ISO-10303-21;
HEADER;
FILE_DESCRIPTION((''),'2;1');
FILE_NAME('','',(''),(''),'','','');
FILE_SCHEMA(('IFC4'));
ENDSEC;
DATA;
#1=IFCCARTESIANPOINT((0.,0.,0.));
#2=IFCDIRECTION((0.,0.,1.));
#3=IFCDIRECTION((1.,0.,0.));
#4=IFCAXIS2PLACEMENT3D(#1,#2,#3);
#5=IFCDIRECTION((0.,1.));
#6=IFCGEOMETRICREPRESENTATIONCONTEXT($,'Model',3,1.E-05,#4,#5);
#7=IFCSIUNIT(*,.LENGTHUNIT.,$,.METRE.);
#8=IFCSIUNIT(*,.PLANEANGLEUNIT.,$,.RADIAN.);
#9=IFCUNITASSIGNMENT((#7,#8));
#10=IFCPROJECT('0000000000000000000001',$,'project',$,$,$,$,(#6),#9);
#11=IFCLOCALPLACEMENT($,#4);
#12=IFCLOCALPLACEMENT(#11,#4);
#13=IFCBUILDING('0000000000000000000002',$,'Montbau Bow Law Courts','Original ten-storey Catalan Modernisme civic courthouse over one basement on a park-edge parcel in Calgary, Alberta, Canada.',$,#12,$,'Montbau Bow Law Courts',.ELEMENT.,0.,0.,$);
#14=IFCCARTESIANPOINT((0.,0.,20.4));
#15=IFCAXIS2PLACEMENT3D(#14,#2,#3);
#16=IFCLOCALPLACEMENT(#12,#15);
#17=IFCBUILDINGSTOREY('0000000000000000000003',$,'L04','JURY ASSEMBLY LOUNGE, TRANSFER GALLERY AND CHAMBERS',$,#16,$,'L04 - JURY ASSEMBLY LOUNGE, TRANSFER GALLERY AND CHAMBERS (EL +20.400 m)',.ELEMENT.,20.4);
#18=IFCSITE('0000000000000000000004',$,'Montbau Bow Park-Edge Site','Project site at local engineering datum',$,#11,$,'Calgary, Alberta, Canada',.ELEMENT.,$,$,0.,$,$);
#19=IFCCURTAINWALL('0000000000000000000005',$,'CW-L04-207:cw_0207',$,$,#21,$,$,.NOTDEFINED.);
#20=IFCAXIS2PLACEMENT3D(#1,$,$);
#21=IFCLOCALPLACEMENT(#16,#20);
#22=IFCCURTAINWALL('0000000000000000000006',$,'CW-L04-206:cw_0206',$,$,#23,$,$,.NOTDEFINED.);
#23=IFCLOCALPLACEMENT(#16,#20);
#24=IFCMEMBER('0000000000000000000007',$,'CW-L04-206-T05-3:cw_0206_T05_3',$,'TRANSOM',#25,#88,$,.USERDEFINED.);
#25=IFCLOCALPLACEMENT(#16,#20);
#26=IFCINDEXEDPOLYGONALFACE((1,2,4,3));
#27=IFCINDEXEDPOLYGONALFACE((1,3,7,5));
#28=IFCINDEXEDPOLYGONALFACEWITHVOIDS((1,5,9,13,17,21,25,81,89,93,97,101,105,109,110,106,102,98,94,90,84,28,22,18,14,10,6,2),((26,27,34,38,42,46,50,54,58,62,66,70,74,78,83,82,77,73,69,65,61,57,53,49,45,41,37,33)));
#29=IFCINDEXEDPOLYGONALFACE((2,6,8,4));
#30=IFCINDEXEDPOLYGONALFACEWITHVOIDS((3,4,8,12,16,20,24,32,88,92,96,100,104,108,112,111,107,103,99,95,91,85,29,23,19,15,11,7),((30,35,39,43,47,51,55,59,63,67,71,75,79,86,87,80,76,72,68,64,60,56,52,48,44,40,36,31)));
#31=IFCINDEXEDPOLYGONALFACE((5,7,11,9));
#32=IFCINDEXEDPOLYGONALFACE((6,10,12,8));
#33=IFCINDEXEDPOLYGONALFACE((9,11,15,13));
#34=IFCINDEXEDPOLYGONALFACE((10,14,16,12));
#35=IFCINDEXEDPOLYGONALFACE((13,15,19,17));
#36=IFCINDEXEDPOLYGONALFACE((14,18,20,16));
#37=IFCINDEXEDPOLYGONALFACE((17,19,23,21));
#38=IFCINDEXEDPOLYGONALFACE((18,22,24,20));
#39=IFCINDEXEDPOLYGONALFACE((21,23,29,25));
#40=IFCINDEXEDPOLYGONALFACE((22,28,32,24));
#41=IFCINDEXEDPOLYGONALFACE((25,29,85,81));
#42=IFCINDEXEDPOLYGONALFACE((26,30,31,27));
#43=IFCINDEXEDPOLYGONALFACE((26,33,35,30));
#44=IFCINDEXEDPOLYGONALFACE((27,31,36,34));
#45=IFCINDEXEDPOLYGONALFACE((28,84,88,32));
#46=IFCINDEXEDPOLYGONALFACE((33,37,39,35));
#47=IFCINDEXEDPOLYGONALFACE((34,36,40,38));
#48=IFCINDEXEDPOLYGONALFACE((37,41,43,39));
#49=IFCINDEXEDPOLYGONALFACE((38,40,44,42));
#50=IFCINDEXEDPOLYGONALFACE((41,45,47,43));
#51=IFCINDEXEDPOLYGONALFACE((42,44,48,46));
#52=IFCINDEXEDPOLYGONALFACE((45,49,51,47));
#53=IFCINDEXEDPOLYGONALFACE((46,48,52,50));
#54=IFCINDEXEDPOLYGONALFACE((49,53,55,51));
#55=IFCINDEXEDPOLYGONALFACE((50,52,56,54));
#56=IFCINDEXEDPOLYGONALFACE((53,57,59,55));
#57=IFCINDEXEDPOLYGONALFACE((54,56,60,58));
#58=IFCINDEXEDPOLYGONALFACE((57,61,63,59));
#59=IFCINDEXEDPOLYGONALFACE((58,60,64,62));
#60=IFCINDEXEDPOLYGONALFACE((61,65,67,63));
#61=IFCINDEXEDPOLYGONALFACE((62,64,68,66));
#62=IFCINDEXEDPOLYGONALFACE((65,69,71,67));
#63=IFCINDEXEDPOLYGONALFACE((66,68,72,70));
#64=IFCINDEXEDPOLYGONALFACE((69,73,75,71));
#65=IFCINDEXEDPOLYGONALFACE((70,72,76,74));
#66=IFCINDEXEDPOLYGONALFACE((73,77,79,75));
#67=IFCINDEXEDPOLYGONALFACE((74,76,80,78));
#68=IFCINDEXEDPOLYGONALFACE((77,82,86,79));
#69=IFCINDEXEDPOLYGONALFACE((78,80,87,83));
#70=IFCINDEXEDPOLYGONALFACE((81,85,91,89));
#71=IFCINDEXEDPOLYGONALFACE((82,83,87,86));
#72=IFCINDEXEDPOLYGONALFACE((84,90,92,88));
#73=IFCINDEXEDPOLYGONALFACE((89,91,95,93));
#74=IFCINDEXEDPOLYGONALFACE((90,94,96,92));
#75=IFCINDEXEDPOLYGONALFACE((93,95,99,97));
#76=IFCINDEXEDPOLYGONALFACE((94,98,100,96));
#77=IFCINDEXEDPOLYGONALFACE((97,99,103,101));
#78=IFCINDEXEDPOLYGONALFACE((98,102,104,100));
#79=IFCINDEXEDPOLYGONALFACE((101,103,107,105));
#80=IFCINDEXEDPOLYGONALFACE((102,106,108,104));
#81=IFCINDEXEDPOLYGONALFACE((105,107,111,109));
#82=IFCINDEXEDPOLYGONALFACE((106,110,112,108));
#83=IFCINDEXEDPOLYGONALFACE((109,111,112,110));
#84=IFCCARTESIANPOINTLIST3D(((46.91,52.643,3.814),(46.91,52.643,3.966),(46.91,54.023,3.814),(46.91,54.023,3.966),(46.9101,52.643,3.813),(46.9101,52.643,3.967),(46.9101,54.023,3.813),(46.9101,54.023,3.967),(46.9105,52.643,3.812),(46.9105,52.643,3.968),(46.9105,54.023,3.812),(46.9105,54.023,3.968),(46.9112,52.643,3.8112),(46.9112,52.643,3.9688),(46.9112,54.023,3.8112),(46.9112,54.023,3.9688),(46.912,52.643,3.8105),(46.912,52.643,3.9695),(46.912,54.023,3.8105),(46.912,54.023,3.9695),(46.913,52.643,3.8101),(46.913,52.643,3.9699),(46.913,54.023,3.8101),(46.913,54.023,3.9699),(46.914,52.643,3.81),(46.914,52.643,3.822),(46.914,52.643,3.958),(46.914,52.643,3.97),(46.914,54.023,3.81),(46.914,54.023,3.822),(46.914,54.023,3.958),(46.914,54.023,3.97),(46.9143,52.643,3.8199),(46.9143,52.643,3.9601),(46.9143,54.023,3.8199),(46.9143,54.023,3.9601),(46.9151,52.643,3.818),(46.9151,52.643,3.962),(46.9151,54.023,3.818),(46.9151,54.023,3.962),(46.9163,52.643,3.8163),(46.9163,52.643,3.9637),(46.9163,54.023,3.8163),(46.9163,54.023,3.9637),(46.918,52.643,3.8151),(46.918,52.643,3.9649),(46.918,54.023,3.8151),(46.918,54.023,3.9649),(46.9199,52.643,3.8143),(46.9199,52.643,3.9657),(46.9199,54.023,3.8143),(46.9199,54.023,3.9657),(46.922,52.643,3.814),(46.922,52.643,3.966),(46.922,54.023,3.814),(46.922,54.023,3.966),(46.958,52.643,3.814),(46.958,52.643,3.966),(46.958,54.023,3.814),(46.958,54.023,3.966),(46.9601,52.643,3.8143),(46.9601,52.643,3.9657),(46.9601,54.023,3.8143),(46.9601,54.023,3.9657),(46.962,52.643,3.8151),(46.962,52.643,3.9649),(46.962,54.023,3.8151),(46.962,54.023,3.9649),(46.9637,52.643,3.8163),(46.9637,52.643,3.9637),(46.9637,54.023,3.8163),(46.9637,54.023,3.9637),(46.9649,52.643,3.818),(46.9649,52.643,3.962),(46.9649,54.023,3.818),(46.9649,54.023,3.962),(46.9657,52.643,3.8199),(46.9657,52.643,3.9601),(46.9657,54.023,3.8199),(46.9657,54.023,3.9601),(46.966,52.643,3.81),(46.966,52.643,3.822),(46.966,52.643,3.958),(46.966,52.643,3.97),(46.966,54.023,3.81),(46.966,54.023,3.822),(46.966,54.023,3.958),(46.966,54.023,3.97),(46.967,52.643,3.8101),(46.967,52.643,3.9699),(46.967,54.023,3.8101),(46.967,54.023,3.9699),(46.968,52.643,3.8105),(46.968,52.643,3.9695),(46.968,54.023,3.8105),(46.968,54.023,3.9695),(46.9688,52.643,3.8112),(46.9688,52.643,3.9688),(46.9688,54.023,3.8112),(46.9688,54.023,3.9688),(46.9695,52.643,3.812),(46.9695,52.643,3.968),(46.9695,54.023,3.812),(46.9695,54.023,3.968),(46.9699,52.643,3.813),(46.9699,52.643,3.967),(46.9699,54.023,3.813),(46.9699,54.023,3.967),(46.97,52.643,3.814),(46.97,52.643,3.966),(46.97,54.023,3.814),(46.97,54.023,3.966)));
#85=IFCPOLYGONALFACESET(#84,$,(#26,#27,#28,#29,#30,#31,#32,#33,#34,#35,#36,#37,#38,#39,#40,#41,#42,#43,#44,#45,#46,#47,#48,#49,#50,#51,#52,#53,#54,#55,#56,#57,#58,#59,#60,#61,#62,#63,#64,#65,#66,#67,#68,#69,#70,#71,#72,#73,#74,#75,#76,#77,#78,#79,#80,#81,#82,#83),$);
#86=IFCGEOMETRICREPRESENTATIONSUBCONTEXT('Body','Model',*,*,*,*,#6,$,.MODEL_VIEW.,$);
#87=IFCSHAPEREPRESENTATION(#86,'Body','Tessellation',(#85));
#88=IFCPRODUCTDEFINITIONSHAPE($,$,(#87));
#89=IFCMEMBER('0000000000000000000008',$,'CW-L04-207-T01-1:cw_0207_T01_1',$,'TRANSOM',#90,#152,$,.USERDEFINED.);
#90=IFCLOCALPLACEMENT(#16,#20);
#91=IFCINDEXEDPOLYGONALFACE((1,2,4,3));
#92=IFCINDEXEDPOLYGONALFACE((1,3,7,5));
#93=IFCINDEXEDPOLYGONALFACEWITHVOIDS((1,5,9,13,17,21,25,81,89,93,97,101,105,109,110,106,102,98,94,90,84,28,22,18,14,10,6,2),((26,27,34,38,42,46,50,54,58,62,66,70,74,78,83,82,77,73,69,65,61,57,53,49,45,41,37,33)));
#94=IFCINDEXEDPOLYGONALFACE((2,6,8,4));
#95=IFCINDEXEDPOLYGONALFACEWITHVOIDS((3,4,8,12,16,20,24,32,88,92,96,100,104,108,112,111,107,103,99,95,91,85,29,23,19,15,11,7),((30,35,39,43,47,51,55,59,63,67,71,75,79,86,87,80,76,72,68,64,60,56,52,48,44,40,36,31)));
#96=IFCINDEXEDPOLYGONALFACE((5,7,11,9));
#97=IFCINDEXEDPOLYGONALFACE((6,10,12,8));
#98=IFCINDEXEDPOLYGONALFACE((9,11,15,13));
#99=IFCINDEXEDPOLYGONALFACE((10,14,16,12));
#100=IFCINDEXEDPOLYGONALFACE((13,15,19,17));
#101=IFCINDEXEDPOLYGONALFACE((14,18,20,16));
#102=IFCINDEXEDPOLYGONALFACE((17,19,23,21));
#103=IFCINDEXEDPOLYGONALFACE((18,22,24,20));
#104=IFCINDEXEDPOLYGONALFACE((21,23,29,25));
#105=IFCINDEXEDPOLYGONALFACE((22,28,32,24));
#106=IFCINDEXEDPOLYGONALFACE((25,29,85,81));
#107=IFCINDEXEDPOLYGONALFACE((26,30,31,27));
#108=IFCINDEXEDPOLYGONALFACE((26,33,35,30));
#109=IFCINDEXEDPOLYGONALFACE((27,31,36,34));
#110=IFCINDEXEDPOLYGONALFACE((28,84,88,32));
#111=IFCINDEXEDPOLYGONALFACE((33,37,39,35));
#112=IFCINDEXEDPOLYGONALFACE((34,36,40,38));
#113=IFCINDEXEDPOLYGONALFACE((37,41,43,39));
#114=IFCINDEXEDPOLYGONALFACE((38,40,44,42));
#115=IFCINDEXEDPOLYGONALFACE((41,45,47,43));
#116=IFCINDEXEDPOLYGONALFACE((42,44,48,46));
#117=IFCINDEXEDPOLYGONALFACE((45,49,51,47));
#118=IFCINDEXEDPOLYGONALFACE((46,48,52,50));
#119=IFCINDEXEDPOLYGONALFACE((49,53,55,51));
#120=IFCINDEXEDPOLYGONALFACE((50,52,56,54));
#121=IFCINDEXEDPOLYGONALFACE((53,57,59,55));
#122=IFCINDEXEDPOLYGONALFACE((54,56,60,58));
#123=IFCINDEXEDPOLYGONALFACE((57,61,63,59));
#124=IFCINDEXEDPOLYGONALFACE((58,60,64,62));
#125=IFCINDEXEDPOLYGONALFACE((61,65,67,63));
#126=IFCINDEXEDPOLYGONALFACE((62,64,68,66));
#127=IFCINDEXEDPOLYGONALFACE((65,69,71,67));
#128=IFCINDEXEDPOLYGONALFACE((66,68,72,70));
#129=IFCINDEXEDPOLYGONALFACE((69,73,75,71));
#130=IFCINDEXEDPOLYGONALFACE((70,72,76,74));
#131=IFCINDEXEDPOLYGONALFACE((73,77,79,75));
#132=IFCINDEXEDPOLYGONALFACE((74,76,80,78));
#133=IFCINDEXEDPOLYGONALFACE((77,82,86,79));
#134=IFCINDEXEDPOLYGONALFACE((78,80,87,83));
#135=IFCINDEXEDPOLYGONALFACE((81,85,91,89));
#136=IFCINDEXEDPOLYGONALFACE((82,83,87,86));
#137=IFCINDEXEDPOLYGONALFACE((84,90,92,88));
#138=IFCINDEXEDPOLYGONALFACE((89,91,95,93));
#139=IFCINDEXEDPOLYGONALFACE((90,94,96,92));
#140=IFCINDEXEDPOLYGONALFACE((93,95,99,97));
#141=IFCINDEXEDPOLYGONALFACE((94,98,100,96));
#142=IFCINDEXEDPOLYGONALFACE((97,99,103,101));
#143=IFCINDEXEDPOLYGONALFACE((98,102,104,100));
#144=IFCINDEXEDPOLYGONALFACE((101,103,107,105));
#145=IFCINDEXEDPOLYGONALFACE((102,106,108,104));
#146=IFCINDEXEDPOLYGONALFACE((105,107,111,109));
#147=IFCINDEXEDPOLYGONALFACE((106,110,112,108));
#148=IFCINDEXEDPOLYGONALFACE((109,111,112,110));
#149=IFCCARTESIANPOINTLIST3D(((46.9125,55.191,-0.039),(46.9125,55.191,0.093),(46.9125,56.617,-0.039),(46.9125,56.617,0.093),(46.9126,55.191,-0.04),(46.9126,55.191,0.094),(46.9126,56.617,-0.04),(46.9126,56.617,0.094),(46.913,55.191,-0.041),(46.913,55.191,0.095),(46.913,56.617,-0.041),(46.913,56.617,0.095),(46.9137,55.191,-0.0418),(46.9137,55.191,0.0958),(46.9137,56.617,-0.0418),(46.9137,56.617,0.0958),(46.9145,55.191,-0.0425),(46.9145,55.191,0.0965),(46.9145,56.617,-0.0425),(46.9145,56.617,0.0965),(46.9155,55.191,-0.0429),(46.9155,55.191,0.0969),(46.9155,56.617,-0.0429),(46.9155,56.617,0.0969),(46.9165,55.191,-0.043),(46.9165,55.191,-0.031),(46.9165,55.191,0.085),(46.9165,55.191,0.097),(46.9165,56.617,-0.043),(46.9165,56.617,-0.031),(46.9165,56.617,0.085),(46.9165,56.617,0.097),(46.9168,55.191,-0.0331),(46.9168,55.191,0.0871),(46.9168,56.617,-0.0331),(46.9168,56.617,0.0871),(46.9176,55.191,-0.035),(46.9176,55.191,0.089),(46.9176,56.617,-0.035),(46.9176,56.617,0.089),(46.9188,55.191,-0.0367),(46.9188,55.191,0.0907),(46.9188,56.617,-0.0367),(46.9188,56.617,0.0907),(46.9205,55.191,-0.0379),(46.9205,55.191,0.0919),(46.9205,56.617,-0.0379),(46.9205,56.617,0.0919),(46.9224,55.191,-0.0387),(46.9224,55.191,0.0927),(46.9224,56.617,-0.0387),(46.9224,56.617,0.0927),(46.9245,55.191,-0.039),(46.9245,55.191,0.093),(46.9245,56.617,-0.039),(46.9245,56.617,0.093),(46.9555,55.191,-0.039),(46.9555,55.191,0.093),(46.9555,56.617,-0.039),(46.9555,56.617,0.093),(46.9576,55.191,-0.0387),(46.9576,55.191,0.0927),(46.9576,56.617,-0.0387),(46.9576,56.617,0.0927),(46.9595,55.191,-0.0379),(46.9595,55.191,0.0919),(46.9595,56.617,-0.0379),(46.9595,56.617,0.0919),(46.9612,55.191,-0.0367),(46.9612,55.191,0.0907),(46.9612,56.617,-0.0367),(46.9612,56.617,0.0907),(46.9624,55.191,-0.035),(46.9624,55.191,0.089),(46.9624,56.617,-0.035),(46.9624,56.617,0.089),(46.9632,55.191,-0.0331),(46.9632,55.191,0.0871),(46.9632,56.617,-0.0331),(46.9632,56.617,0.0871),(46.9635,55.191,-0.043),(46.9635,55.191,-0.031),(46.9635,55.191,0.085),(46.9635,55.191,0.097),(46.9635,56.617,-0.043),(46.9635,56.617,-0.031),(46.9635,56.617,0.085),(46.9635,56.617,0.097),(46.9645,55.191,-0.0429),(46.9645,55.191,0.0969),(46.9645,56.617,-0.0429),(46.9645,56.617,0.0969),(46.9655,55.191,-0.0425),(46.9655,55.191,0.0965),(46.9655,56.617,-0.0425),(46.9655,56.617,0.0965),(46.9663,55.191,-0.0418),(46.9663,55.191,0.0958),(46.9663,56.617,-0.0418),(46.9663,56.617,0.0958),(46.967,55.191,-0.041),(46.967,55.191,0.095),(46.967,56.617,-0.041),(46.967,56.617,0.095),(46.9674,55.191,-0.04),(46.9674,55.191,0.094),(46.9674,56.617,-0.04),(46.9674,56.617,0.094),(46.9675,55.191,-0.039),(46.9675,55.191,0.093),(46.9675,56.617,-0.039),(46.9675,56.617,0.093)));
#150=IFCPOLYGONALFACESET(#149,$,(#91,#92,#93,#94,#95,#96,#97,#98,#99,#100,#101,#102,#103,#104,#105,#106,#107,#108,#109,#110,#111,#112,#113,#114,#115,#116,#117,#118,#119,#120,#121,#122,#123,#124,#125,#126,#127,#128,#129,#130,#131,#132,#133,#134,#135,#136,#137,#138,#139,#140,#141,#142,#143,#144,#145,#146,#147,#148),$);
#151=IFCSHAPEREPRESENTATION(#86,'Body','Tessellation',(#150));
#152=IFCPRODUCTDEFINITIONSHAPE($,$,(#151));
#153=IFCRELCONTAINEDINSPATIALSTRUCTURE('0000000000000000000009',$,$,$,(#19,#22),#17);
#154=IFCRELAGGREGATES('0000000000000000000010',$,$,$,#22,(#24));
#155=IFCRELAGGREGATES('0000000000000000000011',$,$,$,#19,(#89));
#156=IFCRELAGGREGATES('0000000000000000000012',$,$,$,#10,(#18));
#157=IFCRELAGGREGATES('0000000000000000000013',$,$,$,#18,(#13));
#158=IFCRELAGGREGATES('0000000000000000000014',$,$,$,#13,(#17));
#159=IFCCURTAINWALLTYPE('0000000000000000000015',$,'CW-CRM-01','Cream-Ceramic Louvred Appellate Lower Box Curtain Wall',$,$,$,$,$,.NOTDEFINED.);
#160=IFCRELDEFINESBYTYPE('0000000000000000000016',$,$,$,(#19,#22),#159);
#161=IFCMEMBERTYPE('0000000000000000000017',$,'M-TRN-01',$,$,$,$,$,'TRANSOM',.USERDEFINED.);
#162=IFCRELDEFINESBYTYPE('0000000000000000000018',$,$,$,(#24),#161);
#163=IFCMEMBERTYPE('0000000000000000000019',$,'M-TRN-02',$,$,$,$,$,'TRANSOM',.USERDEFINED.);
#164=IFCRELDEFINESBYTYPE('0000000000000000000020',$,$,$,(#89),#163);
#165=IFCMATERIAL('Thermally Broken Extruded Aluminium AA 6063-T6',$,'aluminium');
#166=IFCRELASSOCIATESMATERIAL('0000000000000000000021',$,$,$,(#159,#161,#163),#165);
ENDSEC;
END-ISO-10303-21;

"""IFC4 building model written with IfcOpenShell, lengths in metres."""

from ifc_helpers import new_model, si_unit, direction, frame, origin_with_axes, origin_2d_with_axis, place, context, subcontext, project, spatial, hollow_rectangle, extrude, material, material_profile, profile_set, type_object, element, aggregate, save


model = new_model("IFC4")

# Units and contexts
model_context = context("Model", 3, precision=1e-05, world=origin_with_axes(), true_north=direction((0.0, 1.0)))
body_context = subcontext(model_context, "Body", "Model", "MODEL_VIEW")
ifc_project = project(units=[si_unit("LENGTHUNIT", "METRE"), si_unit("PLANEANGLEUNIT", "RADIAN")], contexts=[model_context])

# Site, building, storey
site_placement = place(None, origin_with_axes())
site = spatial("IfcSite", under=ifc_project, at=site_placement, Name="Montbau Bow Park-Edge Site", Description="Project site at local engineering datum", LongName="Calgary, Alberta, Canada", CompositionType="ELEMENT", RefElevation=0.0)
building_placement = place(site_placement, origin_with_axes())
building = spatial("IfcBuilding", under=site, at=building_placement, Name="Montbau Bow Law Courts", Description="Original ten-storey Catalan Modernisme civic courthouse over one basement on a park-edge parcel in Calgary, Alberta, Canada.", LongName="Montbau Bow Law Courts", CompositionType="ELEMENT", ElevationOfRefHeight=0.0, ElevationOfTerrain=0.0)
storey_placement = place(building_placement, frame((0.0, 0.0, 20.4), z_axis=(0.0, 0.0, 1.0), x_axis=(1.0, 0.0, 0.0)))
storey = spatial("IfcBuildingStorey", under=building, at=storey_placement, Name="L04", Description="JURY ASSEMBLY LOUNGE, TRANSFER GALLERY AND CHAMBERS", LongName="L04 - JURY ASSEMBLY LOUNGE, TRANSFER GALLERY AND CHAMBERS (EL +20.400 m)", CompositionType="ELEMENT", Elevation=20.4)

# Curtain walls, member
ifc_material_1 = material(Name="Thermally Broken Extruded Aluminium AA 6063-T6", Category="aluminium")
curtain_wall_type = type_object("IfcCurtainWallType", Name="CW-CRM-01", Description="Cream-Ceramic Louvred Appellate Lower Box Curtain Wall", PredefinedType="NOTDEFINED", material=ifc_material_1)
curtain_wall_1_placement = place(None, frame((46.94, 55.115, 20.4), z_axis=(0.0, 0.0, 1.0), x_axis=(1.0, 0.0, 0.0)))
curtain_wall_1 = element("IfcCurtainWall", 1, at=curtain_wall_1_placement, inside=storey, type_object=curtain_wall_type, Name="CW-L04-207:cw_0207", PredefinedType="NOTDEFINED")
curtain_wall_2_placement = place(None, frame((46.94, 46.715, 20.4), z_axis=(0.0, 0.0, 1.0), x_axis=(1.0, 0.0, 0.0)))
curtain_wall_2 = element("IfcCurtainWall", 2, at=curtain_wall_2_placement, inside=storey, type_object=curtain_wall_type, Name="CW-L04-206:cw_0206", PredefinedType="NOTDEFINED")
ifc_material_profile_1 = material_profile(ifc_material_1, hollow_rectangle(XDim=0.06, YDim=0.16, WallThickness=0.004, InnerFilletRadius=0.008, OuterFilletRadius=0.004, at=origin_2d_with_axis()), Name="CWT-160X60", Category="Main", Priority=0)
ifc_profile_set_1 = profile_set([ifc_material_profile_1], Name="Thermally Broken Extruded Aluminium AA 6063-T6")
member_type_1 = type_object("IfcMemberType", Name="M-TRN-01", ElementType="TRANSOM", PredefinedType="USERDEFINED", material=ifc_profile_set_1)
member_1_placement = place(None, frame((46.94, 52.643, 24.29), z_axis=(0.0, 1.0, 0.0), x_axis=(-1.0, 0.0, 0.0)))
member_1 = element("IfcMember", 3, at=member_1_placement, type_object=member_type_1, Name="CW-L04-206-T05-3:cw_0206_T05_3", ObjectType="TRANSOM", PredefinedType="USERDEFINED", context=body_context, shape_type="SweptSolid", body=[
    extrude(hollow_rectangle(XDim=0.06, YDim=0.16, WallThickness=0.004, InnerFilletRadius=0.008, OuterFilletRadius=0.004, at=origin_2d_with_axis()), origin_with_axes(), (0.0, 0.0, 1.0), 1.38),
])

# Member
ifc_material_profile_2 = material_profile(ifc_material_1, hollow_rectangle(XDim=0.055, YDim=0.14, WallThickness=0.004, InnerFilletRadius=0.008, OuterFilletRadius=0.004, at=origin_2d_with_axis()), Name="CWT-140X55", Category="Main", Priority=0)
ifc_profile_set_2 = profile_set([ifc_material_profile_2], Name="Thermally Broken Extruded Aluminium AA 6063-T6")
member_type_2 = type_object("IfcMemberType", Name="M-TRN-02", ElementType="TRANSOM", PredefinedType="USERDEFINED", material=ifc_profile_set_2)
member_2_placement = place(None, frame((46.94, 55.191, 20.427), z_axis=(0.0, 1.0, 0.0), x_axis=(-1.0, 0.0, 0.0)))
member_2 = element("IfcMember", 4, at=member_2_placement, type_object=member_type_2, Name="CW-L04-207-T01-1:cw_0207_T01_1", ObjectType="TRANSOM", PredefinedType="USERDEFINED", context=body_context, shape_type="SweptSolid", body=[
    extrude(hollow_rectangle(XDim=0.055, YDim=0.14, WallThickness=0.004, InnerFilletRadius=0.008, OuterFilletRadius=0.004, at=origin_2d_with_axis()), origin_with_axes(), (0.0, 0.0, 1.0), 1.426),
])

aggregate(curtain_wall_2, [member_1])
aggregate(curtain_wall_1, [member_2])

save(model, "model.ifc")
